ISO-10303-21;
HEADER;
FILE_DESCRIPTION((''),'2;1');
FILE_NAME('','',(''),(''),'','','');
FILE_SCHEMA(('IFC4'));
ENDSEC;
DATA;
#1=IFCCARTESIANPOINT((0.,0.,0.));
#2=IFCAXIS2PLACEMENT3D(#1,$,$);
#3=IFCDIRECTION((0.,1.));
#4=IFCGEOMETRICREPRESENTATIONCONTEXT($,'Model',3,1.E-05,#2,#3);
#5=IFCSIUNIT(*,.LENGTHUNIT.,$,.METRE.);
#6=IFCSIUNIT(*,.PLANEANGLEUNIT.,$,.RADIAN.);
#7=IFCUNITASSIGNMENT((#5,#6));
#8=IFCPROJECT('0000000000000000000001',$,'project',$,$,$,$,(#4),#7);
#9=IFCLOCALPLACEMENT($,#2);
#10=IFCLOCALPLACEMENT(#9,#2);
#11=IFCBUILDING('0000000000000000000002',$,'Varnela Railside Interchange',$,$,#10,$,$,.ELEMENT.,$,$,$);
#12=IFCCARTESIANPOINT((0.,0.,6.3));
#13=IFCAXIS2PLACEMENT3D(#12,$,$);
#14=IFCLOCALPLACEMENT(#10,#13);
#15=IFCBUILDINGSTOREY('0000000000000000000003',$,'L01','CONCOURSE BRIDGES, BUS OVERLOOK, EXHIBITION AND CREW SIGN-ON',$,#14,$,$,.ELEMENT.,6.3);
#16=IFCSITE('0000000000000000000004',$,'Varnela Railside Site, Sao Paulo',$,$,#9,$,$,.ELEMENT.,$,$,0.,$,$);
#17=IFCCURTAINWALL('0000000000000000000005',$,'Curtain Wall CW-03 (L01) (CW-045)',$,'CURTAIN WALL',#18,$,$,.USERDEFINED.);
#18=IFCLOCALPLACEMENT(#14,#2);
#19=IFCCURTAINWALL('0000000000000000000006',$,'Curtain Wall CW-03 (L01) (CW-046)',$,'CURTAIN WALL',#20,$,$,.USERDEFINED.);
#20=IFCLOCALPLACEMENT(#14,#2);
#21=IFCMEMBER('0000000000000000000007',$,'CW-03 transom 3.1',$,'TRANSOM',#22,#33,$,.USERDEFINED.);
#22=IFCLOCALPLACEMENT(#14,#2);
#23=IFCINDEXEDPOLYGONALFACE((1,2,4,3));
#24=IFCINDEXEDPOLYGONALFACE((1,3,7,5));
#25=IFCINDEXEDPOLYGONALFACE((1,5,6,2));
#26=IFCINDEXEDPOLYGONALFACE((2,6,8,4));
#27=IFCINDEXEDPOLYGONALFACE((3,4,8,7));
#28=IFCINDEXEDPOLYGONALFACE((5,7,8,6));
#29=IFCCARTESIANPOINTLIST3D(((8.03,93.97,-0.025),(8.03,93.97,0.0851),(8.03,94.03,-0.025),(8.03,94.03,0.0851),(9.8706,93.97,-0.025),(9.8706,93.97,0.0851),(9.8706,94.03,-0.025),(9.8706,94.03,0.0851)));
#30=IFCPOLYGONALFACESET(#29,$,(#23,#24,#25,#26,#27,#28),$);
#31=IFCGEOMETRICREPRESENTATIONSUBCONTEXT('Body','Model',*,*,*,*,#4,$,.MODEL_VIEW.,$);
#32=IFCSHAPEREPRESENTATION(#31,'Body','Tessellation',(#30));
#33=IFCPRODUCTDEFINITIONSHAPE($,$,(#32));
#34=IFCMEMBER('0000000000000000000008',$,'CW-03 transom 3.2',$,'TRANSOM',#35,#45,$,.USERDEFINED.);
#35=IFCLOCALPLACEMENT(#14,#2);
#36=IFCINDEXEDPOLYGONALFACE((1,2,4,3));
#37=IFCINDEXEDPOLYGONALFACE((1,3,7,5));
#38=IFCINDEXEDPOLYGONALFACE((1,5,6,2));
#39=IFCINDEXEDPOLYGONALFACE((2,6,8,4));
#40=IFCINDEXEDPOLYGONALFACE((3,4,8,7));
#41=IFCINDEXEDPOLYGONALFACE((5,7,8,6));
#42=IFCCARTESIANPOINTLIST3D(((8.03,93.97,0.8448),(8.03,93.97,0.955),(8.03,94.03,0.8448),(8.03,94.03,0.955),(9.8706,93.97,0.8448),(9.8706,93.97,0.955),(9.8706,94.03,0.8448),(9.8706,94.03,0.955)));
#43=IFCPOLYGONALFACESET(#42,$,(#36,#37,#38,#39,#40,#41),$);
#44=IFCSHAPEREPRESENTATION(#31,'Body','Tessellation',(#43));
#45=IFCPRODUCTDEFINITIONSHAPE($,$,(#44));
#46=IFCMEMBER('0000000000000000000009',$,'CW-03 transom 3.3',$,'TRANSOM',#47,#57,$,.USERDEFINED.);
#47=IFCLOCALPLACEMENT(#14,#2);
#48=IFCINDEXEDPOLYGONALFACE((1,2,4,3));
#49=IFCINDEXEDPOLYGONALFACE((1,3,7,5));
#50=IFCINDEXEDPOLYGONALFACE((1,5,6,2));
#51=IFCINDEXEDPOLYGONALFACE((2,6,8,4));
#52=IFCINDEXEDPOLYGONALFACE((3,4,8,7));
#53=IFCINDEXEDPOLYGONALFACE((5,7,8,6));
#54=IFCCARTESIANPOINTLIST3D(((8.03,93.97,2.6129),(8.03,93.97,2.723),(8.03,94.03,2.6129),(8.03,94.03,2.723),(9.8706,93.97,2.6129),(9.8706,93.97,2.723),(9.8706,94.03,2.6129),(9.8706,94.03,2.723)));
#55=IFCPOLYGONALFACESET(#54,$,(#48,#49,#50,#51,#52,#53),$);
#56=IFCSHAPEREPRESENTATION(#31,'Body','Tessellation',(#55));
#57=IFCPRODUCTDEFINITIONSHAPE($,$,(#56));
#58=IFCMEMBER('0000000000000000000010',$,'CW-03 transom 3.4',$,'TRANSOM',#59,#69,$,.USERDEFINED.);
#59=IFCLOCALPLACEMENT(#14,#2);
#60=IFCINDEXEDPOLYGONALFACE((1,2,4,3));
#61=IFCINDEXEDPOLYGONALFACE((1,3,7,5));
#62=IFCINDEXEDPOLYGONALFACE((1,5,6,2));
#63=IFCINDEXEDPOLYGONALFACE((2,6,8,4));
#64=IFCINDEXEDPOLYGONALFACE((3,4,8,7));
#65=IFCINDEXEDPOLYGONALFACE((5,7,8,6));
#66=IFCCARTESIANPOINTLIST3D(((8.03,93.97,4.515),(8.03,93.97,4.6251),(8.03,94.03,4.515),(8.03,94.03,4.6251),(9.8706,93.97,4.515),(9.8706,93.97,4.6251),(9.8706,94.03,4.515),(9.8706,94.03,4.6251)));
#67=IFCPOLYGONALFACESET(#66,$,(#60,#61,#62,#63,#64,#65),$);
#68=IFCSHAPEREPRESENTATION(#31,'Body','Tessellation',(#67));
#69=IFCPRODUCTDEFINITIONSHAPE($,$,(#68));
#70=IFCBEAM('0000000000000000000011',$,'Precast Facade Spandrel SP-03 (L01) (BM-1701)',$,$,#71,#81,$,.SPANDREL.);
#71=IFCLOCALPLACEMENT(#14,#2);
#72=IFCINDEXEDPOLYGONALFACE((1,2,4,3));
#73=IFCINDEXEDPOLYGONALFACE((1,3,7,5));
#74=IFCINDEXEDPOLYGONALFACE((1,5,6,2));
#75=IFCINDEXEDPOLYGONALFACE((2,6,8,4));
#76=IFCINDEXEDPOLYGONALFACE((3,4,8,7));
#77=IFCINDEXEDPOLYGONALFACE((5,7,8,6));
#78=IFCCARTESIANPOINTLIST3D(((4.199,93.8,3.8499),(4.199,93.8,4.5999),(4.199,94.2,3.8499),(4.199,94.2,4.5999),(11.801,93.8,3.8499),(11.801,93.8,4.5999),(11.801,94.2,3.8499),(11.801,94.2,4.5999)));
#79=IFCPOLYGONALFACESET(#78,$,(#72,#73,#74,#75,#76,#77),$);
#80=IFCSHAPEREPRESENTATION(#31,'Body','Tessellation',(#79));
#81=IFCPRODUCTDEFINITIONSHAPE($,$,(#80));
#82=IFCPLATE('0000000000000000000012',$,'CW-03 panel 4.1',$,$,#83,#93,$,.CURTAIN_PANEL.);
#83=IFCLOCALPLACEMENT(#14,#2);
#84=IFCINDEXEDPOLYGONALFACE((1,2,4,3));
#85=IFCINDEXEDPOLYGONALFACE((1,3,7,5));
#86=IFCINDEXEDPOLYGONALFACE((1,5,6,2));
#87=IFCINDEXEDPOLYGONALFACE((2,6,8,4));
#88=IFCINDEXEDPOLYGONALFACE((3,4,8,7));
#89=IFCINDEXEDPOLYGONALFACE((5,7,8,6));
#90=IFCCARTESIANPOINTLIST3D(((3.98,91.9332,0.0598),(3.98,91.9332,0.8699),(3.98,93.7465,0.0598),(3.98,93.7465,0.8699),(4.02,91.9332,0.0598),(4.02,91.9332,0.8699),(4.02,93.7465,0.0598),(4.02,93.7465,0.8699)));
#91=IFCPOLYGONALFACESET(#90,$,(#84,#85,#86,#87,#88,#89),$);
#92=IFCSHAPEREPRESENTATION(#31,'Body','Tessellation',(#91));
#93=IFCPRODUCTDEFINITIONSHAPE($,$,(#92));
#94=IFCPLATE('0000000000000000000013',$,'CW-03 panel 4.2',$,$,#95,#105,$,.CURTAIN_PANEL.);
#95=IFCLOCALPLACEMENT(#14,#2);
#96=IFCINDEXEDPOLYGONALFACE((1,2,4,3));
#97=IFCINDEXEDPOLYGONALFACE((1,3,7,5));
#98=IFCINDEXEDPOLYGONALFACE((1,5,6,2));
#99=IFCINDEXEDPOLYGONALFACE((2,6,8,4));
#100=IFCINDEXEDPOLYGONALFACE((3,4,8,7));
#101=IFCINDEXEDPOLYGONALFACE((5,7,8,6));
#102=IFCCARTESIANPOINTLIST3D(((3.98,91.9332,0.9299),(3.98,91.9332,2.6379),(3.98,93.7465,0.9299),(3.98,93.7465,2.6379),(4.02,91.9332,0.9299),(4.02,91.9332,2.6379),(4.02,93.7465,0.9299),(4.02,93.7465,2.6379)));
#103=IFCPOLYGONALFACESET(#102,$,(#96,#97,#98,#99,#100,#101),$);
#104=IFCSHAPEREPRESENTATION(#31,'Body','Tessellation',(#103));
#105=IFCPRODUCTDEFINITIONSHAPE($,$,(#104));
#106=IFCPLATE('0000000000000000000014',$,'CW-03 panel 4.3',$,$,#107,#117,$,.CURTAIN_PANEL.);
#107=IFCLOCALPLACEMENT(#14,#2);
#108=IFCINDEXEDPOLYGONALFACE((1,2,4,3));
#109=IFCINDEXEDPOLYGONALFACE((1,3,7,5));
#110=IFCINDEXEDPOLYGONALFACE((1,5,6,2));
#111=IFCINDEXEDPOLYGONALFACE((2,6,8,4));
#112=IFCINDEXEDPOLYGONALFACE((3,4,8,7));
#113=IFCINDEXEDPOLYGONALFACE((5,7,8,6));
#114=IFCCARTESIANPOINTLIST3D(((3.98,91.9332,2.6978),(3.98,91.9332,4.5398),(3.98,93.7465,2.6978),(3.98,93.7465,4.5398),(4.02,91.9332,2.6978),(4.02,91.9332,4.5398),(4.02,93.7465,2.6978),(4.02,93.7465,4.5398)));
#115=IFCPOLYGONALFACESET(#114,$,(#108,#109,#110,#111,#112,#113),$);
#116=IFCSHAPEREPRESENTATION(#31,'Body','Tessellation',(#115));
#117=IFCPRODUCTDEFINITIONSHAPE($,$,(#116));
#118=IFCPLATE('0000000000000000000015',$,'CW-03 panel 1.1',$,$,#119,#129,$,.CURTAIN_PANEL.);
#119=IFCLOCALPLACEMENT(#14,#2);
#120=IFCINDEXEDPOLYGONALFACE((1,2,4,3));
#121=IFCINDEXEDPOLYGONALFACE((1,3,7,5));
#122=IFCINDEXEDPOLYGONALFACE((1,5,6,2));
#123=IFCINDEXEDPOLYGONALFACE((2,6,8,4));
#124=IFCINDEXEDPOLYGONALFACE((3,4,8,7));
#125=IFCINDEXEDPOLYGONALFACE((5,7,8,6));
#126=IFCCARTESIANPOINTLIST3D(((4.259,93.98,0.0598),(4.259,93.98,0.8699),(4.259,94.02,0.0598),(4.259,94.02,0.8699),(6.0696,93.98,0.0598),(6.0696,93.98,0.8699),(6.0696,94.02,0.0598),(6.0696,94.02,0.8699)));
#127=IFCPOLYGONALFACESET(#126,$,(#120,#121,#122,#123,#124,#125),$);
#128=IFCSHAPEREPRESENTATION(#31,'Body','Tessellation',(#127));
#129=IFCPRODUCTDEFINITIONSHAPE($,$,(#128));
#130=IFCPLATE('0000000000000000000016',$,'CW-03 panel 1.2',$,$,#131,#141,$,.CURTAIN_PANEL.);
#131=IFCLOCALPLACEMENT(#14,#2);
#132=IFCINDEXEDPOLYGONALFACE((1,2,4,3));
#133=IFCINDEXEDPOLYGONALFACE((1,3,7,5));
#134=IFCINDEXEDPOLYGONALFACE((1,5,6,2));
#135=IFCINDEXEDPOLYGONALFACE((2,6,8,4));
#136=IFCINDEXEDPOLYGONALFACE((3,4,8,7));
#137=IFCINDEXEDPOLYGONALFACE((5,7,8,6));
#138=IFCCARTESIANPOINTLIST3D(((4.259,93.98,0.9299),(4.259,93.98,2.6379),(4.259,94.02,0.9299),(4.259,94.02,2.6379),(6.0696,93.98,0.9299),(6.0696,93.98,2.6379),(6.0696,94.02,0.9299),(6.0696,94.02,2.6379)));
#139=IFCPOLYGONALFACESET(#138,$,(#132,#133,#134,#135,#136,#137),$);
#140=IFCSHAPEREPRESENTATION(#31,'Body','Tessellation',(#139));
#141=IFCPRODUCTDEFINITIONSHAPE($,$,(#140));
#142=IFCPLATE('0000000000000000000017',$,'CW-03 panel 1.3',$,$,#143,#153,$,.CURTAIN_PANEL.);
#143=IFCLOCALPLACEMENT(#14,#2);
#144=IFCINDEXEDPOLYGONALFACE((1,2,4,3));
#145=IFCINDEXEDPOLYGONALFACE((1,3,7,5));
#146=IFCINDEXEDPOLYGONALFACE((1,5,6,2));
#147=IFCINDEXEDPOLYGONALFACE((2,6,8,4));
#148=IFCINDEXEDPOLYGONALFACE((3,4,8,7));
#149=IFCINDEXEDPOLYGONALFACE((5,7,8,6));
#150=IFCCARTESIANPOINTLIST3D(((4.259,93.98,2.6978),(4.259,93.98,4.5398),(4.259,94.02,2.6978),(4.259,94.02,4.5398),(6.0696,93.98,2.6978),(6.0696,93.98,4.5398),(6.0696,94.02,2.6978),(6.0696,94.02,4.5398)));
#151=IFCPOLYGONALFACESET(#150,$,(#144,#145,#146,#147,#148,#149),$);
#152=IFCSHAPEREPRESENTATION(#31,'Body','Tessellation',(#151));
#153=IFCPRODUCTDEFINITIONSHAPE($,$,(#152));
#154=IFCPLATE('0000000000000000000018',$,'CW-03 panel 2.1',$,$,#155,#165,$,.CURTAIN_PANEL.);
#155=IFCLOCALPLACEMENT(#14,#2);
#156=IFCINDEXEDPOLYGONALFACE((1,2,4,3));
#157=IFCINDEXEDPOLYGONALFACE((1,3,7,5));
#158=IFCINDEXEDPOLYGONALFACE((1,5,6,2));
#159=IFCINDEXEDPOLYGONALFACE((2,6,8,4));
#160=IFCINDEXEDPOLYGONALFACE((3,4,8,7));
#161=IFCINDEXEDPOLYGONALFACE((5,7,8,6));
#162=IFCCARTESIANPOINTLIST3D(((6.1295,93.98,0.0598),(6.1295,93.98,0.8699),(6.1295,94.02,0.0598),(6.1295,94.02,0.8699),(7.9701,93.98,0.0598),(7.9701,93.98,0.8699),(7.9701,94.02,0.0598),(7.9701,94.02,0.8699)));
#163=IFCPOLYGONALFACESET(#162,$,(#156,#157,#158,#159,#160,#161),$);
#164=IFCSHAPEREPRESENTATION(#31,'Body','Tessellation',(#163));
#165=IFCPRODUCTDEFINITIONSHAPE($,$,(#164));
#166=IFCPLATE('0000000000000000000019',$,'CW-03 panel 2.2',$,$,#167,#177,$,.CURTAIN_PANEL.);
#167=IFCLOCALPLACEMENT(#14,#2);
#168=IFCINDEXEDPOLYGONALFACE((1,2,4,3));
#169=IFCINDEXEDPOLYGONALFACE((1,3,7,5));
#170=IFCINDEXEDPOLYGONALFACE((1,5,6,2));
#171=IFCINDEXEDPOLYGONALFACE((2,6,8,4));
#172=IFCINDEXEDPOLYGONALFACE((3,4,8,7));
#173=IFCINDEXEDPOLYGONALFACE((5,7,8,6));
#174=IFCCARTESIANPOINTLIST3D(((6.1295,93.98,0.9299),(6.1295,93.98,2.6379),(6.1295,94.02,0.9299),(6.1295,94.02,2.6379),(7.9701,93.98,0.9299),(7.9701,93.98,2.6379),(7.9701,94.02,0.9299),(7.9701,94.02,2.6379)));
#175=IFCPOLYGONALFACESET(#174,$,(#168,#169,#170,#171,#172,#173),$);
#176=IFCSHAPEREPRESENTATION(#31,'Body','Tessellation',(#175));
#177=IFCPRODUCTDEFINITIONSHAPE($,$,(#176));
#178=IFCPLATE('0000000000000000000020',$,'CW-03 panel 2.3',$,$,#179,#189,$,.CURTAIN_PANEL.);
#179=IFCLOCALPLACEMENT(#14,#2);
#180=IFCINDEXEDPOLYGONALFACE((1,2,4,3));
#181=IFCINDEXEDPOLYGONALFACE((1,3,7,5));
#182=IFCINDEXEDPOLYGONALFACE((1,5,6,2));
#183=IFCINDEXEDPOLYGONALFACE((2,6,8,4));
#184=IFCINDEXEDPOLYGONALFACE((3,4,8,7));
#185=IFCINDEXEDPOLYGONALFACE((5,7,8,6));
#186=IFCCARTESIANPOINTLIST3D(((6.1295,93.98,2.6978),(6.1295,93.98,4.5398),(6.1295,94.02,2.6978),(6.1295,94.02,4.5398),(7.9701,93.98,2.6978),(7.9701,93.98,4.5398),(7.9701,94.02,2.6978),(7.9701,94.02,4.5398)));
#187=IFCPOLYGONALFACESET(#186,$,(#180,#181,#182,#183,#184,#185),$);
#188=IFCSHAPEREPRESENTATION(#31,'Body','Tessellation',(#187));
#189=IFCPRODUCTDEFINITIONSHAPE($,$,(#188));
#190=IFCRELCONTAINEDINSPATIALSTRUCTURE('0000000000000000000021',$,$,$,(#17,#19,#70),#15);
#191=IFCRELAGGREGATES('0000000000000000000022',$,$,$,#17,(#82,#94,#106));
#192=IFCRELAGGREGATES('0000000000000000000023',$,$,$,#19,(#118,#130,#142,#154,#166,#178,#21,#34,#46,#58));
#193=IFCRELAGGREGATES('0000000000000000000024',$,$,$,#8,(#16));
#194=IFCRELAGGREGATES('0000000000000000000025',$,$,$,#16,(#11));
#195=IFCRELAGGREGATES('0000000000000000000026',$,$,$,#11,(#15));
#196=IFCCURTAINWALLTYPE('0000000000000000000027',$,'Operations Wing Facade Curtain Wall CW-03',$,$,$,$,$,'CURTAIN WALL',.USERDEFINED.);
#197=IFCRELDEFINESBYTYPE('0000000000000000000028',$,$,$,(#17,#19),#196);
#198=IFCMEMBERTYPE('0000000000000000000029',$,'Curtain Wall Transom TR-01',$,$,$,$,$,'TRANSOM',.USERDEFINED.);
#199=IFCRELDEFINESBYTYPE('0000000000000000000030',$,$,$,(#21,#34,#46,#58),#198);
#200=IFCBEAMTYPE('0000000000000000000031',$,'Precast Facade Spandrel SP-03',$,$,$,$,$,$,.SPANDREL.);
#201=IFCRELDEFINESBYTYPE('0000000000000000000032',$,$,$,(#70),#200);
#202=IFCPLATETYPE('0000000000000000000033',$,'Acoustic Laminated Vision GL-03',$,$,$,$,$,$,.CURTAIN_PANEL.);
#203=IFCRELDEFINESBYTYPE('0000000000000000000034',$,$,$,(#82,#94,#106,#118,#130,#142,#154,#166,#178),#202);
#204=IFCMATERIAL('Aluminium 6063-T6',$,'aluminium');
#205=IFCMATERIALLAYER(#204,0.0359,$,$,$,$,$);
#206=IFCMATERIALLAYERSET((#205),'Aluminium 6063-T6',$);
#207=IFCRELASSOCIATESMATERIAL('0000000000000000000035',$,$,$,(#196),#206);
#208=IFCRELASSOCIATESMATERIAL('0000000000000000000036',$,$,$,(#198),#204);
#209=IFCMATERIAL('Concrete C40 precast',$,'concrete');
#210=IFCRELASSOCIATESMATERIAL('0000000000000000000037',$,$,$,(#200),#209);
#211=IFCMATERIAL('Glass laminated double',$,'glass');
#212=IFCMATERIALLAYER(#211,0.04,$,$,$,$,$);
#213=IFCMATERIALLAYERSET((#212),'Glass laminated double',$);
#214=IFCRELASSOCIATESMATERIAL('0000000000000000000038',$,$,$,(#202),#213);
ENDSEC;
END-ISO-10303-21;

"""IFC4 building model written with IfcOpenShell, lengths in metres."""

from ifc_helpers import new_model, si_unit, direction, frame, origin, origin_2d, place, context, subcontext, project, spatial, rectangle, extrude, material, layer, layer_set, material_profile, profile_set, type_object, element, aggregate, save


model = new_model("IFC4")

# Units and contexts
model_context = context("Model", 3, precision=1e-05, world=origin(), true_north=direction((0.0, 1.0)))
body_context = subcontext(model_context, "Body", "Model", "MODEL_VIEW")
ifc_project = project(units=[si_unit("LENGTHUNIT", "METRE"), si_unit("PLANEANGLEUNIT", "RADIAN")], contexts=[model_context])

# Site, building, storey
site_placement = place(None, origin())
site = spatial("IfcSite", under=ifc_project, at=site_placement, Name="Varnela Railside Site, Sao Paulo", CompositionType="ELEMENT", RefElevation=0.0)
building_placement = place(site_placement, origin())
building = spatial("IfcBuilding", under=site, at=building_placement, Name="Varnela Railside Interchange", CompositionType="ELEMENT")
storey_placement = place(building_placement, frame((0.0, 0.0, 6.3)))
storey = spatial("IfcBuildingStorey", under=building, at=storey_placement, Name="L01", Description="CONCOURSE BRIDGES, BUS OVERLOOK, EXHIBITION AND CREW SIGN-ON", CompositionType="ELEMENT", Elevation=6.3)

# Curtain wall
ifc_material_1 = material(Name="Aluminium 6063-T6", Category="aluminium")
ifc_layer_1 = layer(ifc_material_1, 0.0359)
ifc_layer_set_1 = layer_set([ifc_layer_1], Name="Aluminium 6063-T6")
curtain_wall_type = type_object("IfcCurtainWallType", Name="Operations Wing Facade Curtain Wall CW-03", ElementType="CURTAIN WALL", PredefinedType="USERDEFINED", material=ifc_layer_set_1)
curtain_wall_1_placement = place(storey_placement, origin())
curtain_wall_1 = element("IfcCurtainWall", 1, at=curtain_wall_1_placement, inside=storey, type_object=curtain_wall_type, Name="Curtain Wall CW-03 (L01) (CW-045)", ObjectType="CURTAIN WALL", PredefinedType="USERDEFINED")

# Curtain wall
curtain_wall_2_placement = place(storey_placement, origin())
curtain_wall_2 = element("IfcCurtainWall", 2, at=curtain_wall_2_placement, inside=storey, type_object=curtain_wall_type, Name="Curtain Wall CW-03 (L01) (CW-046)", ObjectType="CURTAIN WALL", PredefinedType="USERDEFINED")

# Members
ifc_material_profile_1 = material_profile(ifc_material_1, rectangle(XDim=0.0601, YDim=0.1101, at=origin_2d()), Name="ALU 60x110")
ifc_profile_set_1 = profile_set([ifc_material_profile_1], Name="Aluminium 6063-T6")
member_type_1 = type_object("IfcMemberType", Name="Curtain Wall Transom TR-01", ElementType="TRANSOM", PredefinedType="USERDEFINED", material=ifc_profile_set_1)
member_1_placement = place(storey_placement, frame((8.03, 94.0, 0.03), z_axis=(1.0, 0.0, 0.0), x_axis=(0.0, 1.0, 0.0)))
member_1 = element("IfcMember", 3, at=member_1_placement, type_object=member_type_1, Name="CW-03 transom 3.1", ObjectType="TRANSOM", PredefinedType="USERDEFINED", context=body_context, shape_type="SweptSolid", body=[
    extrude(rectangle(XDim=0.0601, YDim=0.1101, at=origin_2d()), origin(), (0.0, 0.0, 1.0), 1.8406),
])
member_2_placement = place(storey_placement, frame((8.03, 94.0, 0.8999), z_axis=(1.0, 0.0, 0.0), x_axis=(0.0, 1.0, 0.0)))
member_2 = element("IfcMember", 4, at=member_2_placement, type_object=member_type_1, Name="CW-03 transom 3.2", ObjectType="TRANSOM", PredefinedType="USERDEFINED", context=body_context, shape_type="SweptSolid", body=[
    extrude(rectangle(XDim=0.0601, YDim=0.1101, at=origin_2d()), origin(), (0.0, 0.0, 1.0), 1.8406),
])
member_3_placement = place(storey_placement, frame((8.03, 94.0, 2.668), z_axis=(1.0, 0.0, 0.0), x_axis=(0.0, 1.0, 0.0)))
member_3 = element("IfcMember", 5, at=member_3_placement, type_object=member_type_1, Name="CW-03 transom 3.3", ObjectType="TRANSOM", PredefinedType="USERDEFINED", context=body_context, shape_type="SweptSolid", body=[
    extrude(rectangle(XDim=0.0601, YDim=0.1101, at=origin_2d()), origin(), (0.0, 0.0, 1.0), 1.8406),
])
member_4_placement = place(storey_placement, frame((8.03, 94.0, 4.5701), z_axis=(1.0, 0.0, 0.0), x_axis=(0.0, 1.0, 0.0)))
member_4 = element("IfcMember", 6, at=member_4_placement, type_object=member_type_1, Name="CW-03 transom 3.4", ObjectType="TRANSOM", PredefinedType="USERDEFINED", context=body_context, shape_type="SweptSolid", body=[
    extrude(rectangle(XDim=0.0601, YDim=0.1101, at=origin_2d()), origin(), (0.0, 0.0, 1.0), 1.8406),
])

# Beam
ifc_material_2 = material(Name="Concrete C40 precast", Category="concrete")
ifc_material_profile_2 = material_profile(ifc_material_2, rectangle(XDim=0.3999, YDim=0.75, at=origin_2d()), Name="PC 400x750")
ifc_profile_set_2 = profile_set([ifc_material_profile_2], Name="Concrete C40 precast")
beam_type = type_object("IfcBeamType", Name="Precast Facade Spandrel SP-03", PredefinedType="SPANDREL", material=ifc_profile_set_2)
beam_placement = place(storey_placement, frame((4.199, 94.0, 4.2249), z_axis=(1.0, 0.0, 0.0), x_axis=(0.0, 1.0, 0.0)))
element("IfcBeam", 7, at=beam_placement, inside=storey, type_object=beam_type, Name="Precast Facade Spandrel SP-03 (L01) (BM-1701)", PredefinedType="SPANDREL", context=body_context, shape_type="SweptSolid", body=[
    extrude(rectangle(XDim=0.3999, YDim=0.75, at=origin_2d()), origin(), (0.0, 0.0, 1.0), 7.6021),
])

# Plates
ifc_material_3 = material(Name="Glass laminated double", Category="glass")
ifc_layer_2 = layer(ifc_material_3, 0.04)
ifc_layer_set_2 = layer_set([ifc_layer_2], Name="Glass laminated double")
plate_type = type_object("IfcPlateType", Name="Acoustic Laminated Vision GL-03", PredefinedType="CURTAIN_PANEL", material=ifc_layer_set_2)
plate_1_placement = place(storey_placement, frame((4.0, 92.8398, 0.0598), z_axis=(0.0, 0.0, 1.0), x_axis=(0.0, 1.0, 0.0)))
plate_1 = element("IfcPlate", 8, at=plate_1_placement, type_object=plate_type, Name="CW-03 panel 4.1", PredefinedType="CURTAIN_PANEL", context=body_context, shape_type="SweptSolid", body=[
    extrude(rectangle(XDim=1.8132, YDim=0.04, at=origin_2d()), origin(), (0.0, 0.0, 1.0), 0.8101),
])
plate_2_placement = place(storey_placement, frame((4.0, 92.8398, 0.9299), z_axis=(0.0, 0.0, 1.0), x_axis=(0.0, 1.0, 0.0)))
plate_2 = element("IfcPlate", 9, at=plate_2_placement, type_object=plate_type, Name="CW-03 panel 4.2", PredefinedType="CURTAIN_PANEL", context=body_context, shape_type="SweptSolid", body=[
    extrude(rectangle(XDim=1.8132, YDim=0.04, at=origin_2d()), origin(), (0.0, 0.0, 1.0), 1.708),
])
plate_3_placement = place(storey_placement, frame((4.0, 92.8398, 2.6978), z_axis=(0.0, 0.0, 1.0), x_axis=(0.0, 1.0, 0.0)))
plate_3 = element("IfcPlate", 10, at=plate_3_placement, type_object=plate_type, Name="CW-03 panel 4.3", PredefinedType="CURTAIN_PANEL", context=body_context, shape_type="SweptSolid", body=[
    extrude(rectangle(XDim=1.8132, YDim=0.04, at=origin_2d()), origin(), (0.0, 0.0, 1.0), 1.842),
])
aggregate(curtain_wall_1, [plate_1, plate_2, plate_3])
plate_4_placement = place(storey_placement, frame((5.1643, 94.0, 0.0598), z_axis=(0.0, 0.0, 1.0), x_axis=(1.0, 0.0, 0.0)))
plate_4 = element("IfcPlate", 11, at=plate_4_placement, type_object=plate_type, Name="CW-03 panel 1.1", PredefinedType="CURTAIN_PANEL", context=body_context, shape_type="SweptSolid", body=[
    extrude(rectangle(XDim=1.8105, YDim=0.04, at=origin_2d()), origin(), (0.0, 0.0, 1.0), 0.8101),
])
plate_5_placement = place(storey_placement, frame((5.1643, 94.0, 0.9299), z_axis=(0.0, 0.0, 1.0), x_axis=(1.0, 0.0, 0.0)))
plate_5 = element("IfcPlate", 12, at=plate_5_placement, type_object=plate_type, Name="CW-03 panel 1.2", PredefinedType="CURTAIN_PANEL", context=body_context, shape_type="SweptSolid", body=[
    extrude(rectangle(XDim=1.8105, YDim=0.04, at=origin_2d()), origin(), (0.0, 0.0, 1.0), 1.708),
])
plate_6_placement = place(storey_placement, frame((5.1643, 94.0, 2.6978), z_axis=(0.0, 0.0, 1.0), x_axis=(1.0, 0.0, 0.0)))
plate_6 = element("IfcPlate", 13, at=plate_6_placement, type_object=plate_type, Name="CW-03 panel 1.3", PredefinedType="CURTAIN_PANEL", context=body_context, shape_type="SweptSolid", body=[
    extrude(rectangle(XDim=1.8105, YDim=0.04, at=origin_2d()), origin(), (0.0, 0.0, 1.0), 1.842),
])
plate_7_placement = place(storey_placement, frame((7.0498, 94.0, 0.0598), z_axis=(0.0, 0.0, 1.0), x_axis=(1.0, 0.0, 0.0)))
plate_7 = element("IfcPlate", 14, at=plate_7_placement, type_object=plate_type, Name="CW-03 panel 2.1", PredefinedType="CURTAIN_PANEL", context=body_context, shape_type="SweptSolid", body=[
    extrude(rectangle(XDim=1.8406, YDim=0.04, at=origin_2d()), origin(), (0.0, 0.0, 1.0), 0.8101),
])
plate_8_placement = place(storey_placement, frame((7.0498, 94.0, 0.9299), z_axis=(0.0, 0.0, 1.0), x_axis=(1.0, 0.0, 0.0)))
plate_8 = element("IfcPlate", 15, at=plate_8_placement, type_object=plate_type, Name="CW-03 panel 2.2", PredefinedType="CURTAIN_PANEL", context=body_context, shape_type="SweptSolid", body=[
    extrude(rectangle(XDim=1.8406, YDim=0.04, at=origin_2d()), origin(), (0.0, 0.0, 1.0), 1.708),
])
plate_9_placement = place(storey_placement, frame((7.0498, 94.0, 2.6978), z_axis=(0.0, 0.0, 1.0), x_axis=(1.0, 0.0, 0.0)))
plate_9 = element("IfcPlate", 16, at=plate_9_placement, type_object=plate_type, Name="CW-03 panel 2.3", PredefinedType="CURTAIN_PANEL", context=body_context, shape_type="SweptSolid", body=[
    extrude(rectangle(XDim=1.8406, YDim=0.04, at=origin_2d()), origin(), (0.0, 0.0, 1.0), 1.842),
])
aggregate(curtain_wall_2, [plate_4, plate_5, plate_6, plate_7, plate_8, plate_9, member_1, member_2, member_3, member_4])

save(model, "model.ifc")
